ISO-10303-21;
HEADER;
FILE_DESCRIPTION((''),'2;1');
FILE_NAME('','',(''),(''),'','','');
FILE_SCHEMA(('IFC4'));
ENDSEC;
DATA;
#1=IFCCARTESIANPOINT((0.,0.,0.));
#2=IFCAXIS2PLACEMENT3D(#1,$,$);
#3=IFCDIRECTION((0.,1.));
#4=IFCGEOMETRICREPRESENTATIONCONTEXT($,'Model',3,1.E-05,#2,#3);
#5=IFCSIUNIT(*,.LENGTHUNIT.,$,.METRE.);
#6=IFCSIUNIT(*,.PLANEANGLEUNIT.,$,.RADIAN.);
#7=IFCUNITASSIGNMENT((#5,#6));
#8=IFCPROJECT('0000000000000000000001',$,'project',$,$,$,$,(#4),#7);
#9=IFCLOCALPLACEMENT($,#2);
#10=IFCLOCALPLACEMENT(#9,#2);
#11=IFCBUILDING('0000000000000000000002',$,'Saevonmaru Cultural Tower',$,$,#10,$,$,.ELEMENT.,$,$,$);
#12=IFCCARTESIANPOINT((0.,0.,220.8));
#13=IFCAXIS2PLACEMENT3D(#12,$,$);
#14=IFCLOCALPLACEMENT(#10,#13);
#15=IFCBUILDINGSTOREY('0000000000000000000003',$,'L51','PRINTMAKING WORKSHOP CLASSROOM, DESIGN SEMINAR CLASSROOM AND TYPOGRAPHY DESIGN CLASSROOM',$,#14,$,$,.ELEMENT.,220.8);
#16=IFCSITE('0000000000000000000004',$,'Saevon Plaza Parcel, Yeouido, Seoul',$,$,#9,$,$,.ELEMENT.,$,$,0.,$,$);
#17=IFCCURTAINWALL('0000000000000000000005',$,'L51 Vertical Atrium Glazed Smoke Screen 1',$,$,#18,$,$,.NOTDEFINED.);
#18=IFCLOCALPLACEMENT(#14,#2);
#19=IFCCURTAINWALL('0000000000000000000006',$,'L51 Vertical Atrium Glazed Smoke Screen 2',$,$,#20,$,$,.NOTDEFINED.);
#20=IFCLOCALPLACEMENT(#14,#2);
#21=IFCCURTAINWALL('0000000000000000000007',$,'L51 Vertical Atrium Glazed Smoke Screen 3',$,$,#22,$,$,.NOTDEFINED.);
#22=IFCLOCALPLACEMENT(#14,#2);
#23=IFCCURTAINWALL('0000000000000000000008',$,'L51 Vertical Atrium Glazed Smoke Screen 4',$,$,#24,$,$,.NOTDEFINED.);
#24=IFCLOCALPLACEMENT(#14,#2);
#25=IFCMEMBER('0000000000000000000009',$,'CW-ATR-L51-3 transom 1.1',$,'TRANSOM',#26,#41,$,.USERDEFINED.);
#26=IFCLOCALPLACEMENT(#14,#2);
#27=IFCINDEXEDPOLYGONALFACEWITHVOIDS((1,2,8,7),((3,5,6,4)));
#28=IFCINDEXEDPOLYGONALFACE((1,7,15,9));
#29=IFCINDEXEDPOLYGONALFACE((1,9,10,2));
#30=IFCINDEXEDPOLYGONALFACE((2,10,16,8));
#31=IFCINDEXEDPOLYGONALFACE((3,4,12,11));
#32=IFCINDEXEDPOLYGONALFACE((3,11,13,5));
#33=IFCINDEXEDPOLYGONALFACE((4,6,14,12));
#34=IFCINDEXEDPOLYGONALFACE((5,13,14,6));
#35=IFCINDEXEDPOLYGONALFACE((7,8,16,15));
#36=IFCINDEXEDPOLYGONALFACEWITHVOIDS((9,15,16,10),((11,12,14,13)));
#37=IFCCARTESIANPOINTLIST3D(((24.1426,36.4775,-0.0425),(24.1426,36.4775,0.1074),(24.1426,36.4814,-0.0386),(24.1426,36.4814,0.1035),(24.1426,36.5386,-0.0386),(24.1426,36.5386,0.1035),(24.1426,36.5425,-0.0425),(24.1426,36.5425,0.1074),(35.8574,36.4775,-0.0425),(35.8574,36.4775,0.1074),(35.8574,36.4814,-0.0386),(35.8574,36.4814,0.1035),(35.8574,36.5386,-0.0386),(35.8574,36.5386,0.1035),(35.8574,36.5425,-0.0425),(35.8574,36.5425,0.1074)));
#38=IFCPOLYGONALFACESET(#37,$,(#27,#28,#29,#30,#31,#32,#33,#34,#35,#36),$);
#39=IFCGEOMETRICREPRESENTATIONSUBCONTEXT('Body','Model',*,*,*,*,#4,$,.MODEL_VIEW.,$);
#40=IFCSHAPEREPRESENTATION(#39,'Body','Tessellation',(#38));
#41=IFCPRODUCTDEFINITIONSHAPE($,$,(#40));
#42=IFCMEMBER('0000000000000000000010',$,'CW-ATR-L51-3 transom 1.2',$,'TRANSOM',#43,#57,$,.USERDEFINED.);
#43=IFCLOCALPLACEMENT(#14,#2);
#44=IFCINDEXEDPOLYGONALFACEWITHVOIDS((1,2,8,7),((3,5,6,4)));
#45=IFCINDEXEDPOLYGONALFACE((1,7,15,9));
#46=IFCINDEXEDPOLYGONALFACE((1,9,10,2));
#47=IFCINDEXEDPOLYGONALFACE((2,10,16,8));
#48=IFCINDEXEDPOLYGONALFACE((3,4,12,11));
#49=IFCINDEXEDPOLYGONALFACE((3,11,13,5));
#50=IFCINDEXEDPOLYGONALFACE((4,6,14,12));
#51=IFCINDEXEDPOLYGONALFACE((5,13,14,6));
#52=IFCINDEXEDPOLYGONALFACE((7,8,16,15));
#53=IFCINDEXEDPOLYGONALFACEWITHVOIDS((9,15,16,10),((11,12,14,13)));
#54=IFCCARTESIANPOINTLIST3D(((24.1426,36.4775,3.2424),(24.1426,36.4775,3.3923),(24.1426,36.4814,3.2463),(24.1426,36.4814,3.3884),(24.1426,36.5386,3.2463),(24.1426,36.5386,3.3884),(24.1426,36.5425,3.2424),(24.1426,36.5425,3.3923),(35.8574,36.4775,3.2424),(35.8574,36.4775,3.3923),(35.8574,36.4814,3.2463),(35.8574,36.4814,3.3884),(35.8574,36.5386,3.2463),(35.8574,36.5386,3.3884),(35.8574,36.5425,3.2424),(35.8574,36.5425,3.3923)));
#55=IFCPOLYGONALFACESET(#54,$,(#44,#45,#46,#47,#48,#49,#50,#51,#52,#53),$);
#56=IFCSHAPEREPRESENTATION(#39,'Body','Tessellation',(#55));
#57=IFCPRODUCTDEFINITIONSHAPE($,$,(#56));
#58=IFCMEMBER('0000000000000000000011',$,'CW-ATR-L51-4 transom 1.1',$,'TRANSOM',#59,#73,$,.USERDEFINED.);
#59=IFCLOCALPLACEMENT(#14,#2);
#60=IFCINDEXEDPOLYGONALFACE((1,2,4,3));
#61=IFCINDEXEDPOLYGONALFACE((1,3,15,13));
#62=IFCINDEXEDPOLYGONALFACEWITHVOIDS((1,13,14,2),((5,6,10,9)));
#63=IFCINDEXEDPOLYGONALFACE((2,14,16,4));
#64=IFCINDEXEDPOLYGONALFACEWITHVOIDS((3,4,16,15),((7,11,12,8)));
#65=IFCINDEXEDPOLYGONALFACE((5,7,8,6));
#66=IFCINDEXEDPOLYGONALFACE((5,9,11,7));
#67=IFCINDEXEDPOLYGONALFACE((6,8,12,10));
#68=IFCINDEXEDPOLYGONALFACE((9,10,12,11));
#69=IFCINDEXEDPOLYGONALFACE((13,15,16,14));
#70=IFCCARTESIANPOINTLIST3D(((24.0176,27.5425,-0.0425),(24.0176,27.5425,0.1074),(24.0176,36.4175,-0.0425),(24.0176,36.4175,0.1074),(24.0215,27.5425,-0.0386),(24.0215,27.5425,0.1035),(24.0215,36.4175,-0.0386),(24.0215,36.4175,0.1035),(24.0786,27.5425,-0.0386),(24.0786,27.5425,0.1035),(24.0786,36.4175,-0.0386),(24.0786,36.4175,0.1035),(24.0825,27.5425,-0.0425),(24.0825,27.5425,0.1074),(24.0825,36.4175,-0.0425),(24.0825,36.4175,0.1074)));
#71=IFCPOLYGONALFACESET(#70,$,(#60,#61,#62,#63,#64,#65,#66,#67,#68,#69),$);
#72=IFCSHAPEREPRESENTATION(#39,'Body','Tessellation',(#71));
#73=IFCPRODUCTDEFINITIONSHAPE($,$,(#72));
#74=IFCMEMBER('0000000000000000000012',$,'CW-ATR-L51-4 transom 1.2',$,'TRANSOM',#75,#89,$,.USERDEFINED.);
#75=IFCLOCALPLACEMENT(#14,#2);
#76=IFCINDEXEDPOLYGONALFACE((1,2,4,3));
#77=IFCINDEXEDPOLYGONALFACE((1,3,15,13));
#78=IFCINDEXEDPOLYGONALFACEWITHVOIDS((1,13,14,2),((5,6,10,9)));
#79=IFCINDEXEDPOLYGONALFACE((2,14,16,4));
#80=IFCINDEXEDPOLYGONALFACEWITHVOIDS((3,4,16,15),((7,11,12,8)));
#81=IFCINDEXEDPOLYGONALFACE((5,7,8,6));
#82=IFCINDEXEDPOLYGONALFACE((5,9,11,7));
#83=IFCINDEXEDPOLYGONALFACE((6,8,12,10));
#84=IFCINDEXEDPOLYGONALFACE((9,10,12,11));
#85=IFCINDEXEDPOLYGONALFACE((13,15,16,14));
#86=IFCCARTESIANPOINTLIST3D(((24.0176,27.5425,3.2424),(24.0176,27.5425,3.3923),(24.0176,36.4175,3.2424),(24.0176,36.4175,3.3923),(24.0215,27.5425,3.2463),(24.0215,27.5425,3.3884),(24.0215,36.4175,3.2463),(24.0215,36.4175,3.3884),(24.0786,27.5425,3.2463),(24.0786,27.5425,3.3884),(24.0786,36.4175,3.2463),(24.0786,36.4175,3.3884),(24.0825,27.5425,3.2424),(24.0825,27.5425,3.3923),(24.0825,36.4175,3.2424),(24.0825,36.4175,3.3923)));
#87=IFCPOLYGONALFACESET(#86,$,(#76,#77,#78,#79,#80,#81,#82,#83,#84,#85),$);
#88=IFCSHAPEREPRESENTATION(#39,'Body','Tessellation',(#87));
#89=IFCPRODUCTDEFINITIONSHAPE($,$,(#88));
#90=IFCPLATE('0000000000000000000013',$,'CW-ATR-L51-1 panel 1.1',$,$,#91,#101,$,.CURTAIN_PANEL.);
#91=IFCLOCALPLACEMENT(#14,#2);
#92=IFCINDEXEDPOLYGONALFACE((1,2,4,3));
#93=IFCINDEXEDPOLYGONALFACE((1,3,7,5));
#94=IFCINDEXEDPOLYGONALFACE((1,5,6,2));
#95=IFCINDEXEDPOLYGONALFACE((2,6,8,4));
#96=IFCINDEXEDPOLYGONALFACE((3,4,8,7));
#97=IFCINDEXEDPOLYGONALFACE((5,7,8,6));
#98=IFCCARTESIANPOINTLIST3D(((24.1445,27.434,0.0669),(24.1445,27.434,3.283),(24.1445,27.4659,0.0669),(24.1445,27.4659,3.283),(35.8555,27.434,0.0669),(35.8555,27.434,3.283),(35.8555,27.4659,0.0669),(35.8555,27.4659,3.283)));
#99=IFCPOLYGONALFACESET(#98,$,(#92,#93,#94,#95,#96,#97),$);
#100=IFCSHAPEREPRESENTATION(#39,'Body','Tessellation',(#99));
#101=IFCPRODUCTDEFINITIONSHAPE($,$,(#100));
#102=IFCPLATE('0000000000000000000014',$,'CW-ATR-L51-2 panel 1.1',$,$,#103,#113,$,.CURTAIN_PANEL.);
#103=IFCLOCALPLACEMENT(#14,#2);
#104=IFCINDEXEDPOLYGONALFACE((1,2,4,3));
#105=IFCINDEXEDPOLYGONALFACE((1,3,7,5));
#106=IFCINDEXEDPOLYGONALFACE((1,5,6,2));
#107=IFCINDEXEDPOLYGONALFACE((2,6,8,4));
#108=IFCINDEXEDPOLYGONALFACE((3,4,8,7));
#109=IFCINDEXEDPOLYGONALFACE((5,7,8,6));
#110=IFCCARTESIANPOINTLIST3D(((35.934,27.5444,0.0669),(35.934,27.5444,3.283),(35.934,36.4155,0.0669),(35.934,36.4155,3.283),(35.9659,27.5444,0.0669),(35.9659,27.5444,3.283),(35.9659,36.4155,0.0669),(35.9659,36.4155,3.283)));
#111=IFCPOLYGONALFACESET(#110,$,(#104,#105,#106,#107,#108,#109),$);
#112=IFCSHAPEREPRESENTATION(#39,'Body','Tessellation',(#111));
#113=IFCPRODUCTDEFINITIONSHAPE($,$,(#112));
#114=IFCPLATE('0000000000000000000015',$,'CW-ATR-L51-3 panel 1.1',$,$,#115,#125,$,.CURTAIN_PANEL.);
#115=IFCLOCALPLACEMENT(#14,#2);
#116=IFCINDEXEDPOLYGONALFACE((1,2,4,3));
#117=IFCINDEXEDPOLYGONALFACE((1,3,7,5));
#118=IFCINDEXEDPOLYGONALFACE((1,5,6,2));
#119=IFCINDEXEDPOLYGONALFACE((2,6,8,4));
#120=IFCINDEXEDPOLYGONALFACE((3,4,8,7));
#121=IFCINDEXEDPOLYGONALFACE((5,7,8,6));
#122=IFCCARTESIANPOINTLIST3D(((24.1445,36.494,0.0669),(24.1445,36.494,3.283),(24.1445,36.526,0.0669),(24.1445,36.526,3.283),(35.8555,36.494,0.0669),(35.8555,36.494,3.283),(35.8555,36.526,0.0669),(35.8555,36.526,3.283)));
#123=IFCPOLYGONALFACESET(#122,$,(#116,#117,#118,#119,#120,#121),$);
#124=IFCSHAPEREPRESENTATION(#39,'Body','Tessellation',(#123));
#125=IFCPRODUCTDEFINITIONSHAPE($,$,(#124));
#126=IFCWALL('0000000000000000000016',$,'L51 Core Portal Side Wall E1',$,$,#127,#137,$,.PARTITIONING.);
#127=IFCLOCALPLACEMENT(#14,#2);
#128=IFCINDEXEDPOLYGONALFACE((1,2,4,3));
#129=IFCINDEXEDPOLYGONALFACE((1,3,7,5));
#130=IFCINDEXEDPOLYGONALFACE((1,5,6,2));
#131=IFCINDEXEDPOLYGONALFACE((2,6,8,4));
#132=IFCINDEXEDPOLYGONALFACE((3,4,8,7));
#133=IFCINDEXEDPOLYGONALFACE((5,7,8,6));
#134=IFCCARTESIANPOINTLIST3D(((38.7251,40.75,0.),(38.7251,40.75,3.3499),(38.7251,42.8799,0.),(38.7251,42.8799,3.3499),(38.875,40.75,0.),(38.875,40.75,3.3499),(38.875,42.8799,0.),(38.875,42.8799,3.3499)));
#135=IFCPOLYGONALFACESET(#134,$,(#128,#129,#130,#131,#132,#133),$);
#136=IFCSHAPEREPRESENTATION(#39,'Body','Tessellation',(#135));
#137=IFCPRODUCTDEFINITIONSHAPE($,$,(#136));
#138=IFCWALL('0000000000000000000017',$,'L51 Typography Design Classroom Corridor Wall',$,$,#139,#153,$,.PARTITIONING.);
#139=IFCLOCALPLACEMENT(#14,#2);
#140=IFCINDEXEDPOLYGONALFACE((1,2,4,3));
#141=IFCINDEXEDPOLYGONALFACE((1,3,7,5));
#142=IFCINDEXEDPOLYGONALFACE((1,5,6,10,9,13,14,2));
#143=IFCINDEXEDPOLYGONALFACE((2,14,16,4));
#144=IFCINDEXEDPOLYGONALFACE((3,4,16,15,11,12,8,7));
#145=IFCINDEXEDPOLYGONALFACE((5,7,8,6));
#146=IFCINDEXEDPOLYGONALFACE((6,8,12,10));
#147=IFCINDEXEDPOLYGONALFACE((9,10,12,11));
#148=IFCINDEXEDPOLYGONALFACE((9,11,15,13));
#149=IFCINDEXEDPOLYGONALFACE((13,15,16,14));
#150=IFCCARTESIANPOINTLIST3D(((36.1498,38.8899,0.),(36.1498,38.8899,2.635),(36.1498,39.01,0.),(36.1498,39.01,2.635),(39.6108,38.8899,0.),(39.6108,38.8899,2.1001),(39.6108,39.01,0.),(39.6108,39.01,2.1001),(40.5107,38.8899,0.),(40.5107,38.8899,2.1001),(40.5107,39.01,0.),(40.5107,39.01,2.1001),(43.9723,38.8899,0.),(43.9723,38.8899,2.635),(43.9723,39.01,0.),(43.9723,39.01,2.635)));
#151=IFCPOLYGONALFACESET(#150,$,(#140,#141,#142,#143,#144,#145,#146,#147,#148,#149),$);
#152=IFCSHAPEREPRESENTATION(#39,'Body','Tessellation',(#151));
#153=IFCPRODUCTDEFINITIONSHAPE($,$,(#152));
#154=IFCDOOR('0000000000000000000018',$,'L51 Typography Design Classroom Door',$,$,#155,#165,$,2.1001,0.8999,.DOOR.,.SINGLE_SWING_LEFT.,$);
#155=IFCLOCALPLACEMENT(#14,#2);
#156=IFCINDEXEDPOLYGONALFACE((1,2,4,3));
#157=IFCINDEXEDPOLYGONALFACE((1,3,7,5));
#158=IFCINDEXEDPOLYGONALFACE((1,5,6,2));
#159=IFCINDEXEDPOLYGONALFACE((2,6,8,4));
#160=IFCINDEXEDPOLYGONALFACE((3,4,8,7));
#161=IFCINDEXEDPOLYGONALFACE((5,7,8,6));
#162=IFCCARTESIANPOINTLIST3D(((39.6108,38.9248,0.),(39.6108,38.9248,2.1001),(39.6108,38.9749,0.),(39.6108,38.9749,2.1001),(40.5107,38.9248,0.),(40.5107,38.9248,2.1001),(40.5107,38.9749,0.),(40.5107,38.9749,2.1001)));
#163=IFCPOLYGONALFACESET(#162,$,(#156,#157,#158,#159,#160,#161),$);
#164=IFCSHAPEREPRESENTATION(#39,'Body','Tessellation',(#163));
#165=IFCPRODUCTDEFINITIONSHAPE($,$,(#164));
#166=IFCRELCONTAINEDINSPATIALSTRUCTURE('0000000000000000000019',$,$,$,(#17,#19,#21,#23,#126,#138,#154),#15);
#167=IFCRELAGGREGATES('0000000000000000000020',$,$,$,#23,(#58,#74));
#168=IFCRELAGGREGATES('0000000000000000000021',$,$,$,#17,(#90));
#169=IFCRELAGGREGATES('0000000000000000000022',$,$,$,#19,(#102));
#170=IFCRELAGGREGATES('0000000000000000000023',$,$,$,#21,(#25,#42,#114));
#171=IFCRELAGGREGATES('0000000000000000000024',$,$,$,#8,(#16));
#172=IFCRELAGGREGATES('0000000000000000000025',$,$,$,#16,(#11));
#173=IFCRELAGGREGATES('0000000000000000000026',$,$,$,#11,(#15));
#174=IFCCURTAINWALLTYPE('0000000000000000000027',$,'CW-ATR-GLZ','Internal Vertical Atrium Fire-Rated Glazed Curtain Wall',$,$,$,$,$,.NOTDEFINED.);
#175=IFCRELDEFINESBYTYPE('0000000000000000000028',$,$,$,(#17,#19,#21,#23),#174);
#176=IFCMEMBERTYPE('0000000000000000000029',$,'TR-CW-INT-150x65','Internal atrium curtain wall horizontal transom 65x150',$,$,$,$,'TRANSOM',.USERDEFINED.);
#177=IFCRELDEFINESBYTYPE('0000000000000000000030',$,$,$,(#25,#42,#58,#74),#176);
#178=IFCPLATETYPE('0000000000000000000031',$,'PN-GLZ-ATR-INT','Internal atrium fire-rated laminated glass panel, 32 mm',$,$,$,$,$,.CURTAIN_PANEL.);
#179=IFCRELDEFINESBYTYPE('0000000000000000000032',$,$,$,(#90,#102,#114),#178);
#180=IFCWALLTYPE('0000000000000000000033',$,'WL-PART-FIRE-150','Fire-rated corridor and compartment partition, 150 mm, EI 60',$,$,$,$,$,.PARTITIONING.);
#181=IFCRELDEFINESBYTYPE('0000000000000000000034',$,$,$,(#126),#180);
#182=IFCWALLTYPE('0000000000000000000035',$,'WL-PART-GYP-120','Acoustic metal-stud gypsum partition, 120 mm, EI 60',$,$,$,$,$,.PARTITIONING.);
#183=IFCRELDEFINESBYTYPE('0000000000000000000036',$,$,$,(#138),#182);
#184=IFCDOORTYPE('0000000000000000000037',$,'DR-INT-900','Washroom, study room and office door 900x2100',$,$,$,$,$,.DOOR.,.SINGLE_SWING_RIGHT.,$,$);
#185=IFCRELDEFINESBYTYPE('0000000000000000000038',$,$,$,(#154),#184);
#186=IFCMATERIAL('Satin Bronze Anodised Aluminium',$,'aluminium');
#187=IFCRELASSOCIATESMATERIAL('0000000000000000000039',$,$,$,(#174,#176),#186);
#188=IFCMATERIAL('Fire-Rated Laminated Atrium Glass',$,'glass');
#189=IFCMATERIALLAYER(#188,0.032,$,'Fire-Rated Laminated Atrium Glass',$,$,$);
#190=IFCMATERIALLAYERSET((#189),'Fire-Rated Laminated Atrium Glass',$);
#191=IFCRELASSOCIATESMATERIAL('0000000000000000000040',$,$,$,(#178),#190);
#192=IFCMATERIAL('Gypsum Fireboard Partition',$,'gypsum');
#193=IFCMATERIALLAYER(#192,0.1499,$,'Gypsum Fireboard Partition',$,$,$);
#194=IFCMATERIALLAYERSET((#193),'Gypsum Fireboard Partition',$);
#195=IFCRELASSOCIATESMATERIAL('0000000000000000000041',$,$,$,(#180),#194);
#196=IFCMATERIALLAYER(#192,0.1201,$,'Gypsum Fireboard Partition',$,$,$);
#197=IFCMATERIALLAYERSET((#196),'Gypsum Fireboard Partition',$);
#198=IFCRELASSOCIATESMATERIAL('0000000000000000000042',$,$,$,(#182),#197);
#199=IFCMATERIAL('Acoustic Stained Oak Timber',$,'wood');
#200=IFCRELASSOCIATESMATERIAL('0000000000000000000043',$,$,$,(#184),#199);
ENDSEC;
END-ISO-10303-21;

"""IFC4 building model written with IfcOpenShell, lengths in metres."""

from ifc_helpers import new_model, si_unit, direction, frame, frame_2d, origin, origin_2d, place, context, subcontext, project, spatial, rectangle, hollow_rectangle, extrude, material, layer, layer_set, material_profile, profile_set, type_object, element, fill, aggregate, save


model = new_model("IFC4")

# Units and contexts
model_context = context("Model", 3, precision=1e-05, world=origin(), true_north=direction((0.0, 1.0)))
body_context = subcontext(model_context, "Body", "Model", "MODEL_VIEW")
ifc_project = project(units=[si_unit("LENGTHUNIT", "METRE"), si_unit("PLANEANGLEUNIT", "RADIAN")], contexts=[model_context])

# Site, building, storey
site_placement = place(None, origin())
site = spatial("IfcSite", under=ifc_project, at=site_placement, Name="Saevon Plaza Parcel, Yeouido, Seoul", CompositionType="ELEMENT", RefElevation=0.0)
building_placement = place(site_placement, origin())
building = spatial("IfcBuilding", under=site, at=building_placement, Name="Saevonmaru Cultural Tower", CompositionType="ELEMENT")
storey_placement = place(building_placement, frame((0.0, 0.0, 220.8)))
storey = spatial("IfcBuildingStorey", under=building, at=storey_placement, Name="L51", Description="PRINTMAKING WORKSHOP CLASSROOM, DESIGN SEMINAR CLASSROOM AND TYPOGRAPHY DESIGN CLASSROOM", CompositionType="ELEMENT", Elevation=220.8)

# Curtain walls
ifc_material_1 = material(Name="Satin Bronze Anodised Aluminium", Category="aluminium")
curtain_wall_type = type_object("IfcCurtainWallType", Name="CW-ATR-GLZ", Description="Internal Vertical Atrium Fire-Rated Glazed Curtain Wall", PredefinedType="NOTDEFINED", material=ifc_material_1)
curtain_wall_1_placement = place(storey_placement, origin())
curtain_wall_1 = element("IfcCurtainWall", 1, at=curtain_wall_1_placement, inside=storey, type_object=curtain_wall_type, Name="L51 Vertical Atrium Glazed Smoke Screen 1", PredefinedType="NOTDEFINED")
curtain_wall_2_placement = place(storey_placement, origin())
curtain_wall_2 = element("IfcCurtainWall", 2, at=curtain_wall_2_placement, inside=storey, type_object=curtain_wall_type, Name="L51 Vertical Atrium Glazed Smoke Screen 2", PredefinedType="NOTDEFINED")
curtain_wall_3_placement = place(storey_placement, origin())
curtain_wall_3 = element("IfcCurtainWall", 3, at=curtain_wall_3_placement, inside=storey, type_object=curtain_wall_type, Name="L51 Vertical Atrium Glazed Smoke Screen 3", PredefinedType="NOTDEFINED")

# Curtain wall
curtain_wall_4_placement = place(storey_placement, origin())
curtain_wall_4 = element("IfcCurtainWall", 4, at=curtain_wall_4_placement, inside=storey, type_object=curtain_wall_type, Name="L51 Vertical Atrium Glazed Smoke Screen 4", PredefinedType="NOTDEFINED")

# Members
ifc_material_profile_1 = material_profile(ifc_material_1, hollow_rectangle(XDim=0.0649, YDim=0.1499, WallThickness=0.0039, at=origin_2d()), Name="ALU-TRAN-150x65x4")
ifc_profile_set_1 = profile_set([ifc_material_profile_1], Name="Satin Bronze Anodised Aluminium")
member_type_1 = type_object("IfcMemberType", Name="TR-CW-INT-150x65", Description="Internal atrium curtain wall horizontal transom 65x150", ElementType="TRANSOM", PredefinedType="USERDEFINED", material=ifc_profile_set_1)
member_1_placement = place(storey_placement, frame((35.8574, 36.51, 0.0325), z_axis=(-1.0, 0.0, 0.0), x_axis=(0.0, -1.0, 0.0)))
member_1 = element("IfcMember", 5, at=member_1_placement, type_object=member_type_1, Name="CW-ATR-L51-3 transom 1.1", ObjectType="TRANSOM", PredefinedType="USERDEFINED", context=body_context, shape_type="SweptSolid", body=[
    extrude(hollow_rectangle(XDim=0.0649, YDim=0.1499, WallThickness=0.0039, at=origin_2d()), origin(), (0.0, 0.0, 1.0), 11.7148),
])
member_2_placement = place(storey_placement, frame((35.8574, 36.51, 3.3174), z_axis=(-1.0, 0.0, 0.0), x_axis=(0.0, -1.0, 0.0)))
member_2 = element("IfcMember", 6, at=member_2_placement, type_object=member_type_1, Name="CW-ATR-L51-3 transom 1.2", ObjectType="TRANSOM", PredefinedType="USERDEFINED", context=body_context, shape_type="SweptSolid", body=[
    extrude(hollow_rectangle(XDim=0.0649, YDim=0.1499, WallThickness=0.0039, at=origin_2d()), origin(), (0.0, 0.0, 1.0), 11.7148),
])
member_3_placement = place(storey_placement, frame((24.05, 36.4175, 0.0325), z_axis=(0.0, -1.0, 0.0), x_axis=(1.0, 0.0, 0.0)))
member_3 = element("IfcMember", 7, at=member_3_placement, type_object=member_type_1, Name="CW-ATR-L51-4 transom 1.1", ObjectType="TRANSOM", PredefinedType="USERDEFINED", context=body_context, shape_type="SweptSolid", body=[
    extrude(hollow_rectangle(XDim=0.0649, YDim=0.1499, WallThickness=0.0039, at=origin_2d()), origin(), (0.0, 0.0, 1.0), 8.875),
])
member_4_placement = place(storey_placement, frame((24.05, 36.4175, 3.3174), z_axis=(0.0, -1.0, 0.0), x_axis=(1.0, 0.0, 0.0)))
member_4 = element("IfcMember", 8, at=member_4_placement, type_object=member_type_1, Name="CW-ATR-L51-4 transom 1.2", ObjectType="TRANSOM", PredefinedType="USERDEFINED", context=body_context, shape_type="SweptSolid", body=[
    extrude(hollow_rectangle(XDim=0.0649, YDim=0.1499, WallThickness=0.0039, at=origin_2d()), origin(), (0.0, 0.0, 1.0), 8.875),
])
aggregate(curtain_wall_4, [member_3, member_4])

# Plates
ifc_material_2 = material(Name="Fire-Rated Laminated Atrium Glass", Category="glass")
ifc_layer_1 = layer(ifc_material_2, 0.032, Name="Fire-Rated Laminated Atrium Glass")
ifc_layer_set_1 = layer_set([ifc_layer_1], Name="Fire-Rated Laminated Atrium Glass")
plate_type = type_object("IfcPlateType", Name="PN-GLZ-ATR-INT", Description="Internal atrium fire-rated laminated glass panel, 32 mm", PredefinedType="CURTAIN_PANEL", material=ifc_layer_set_1)
plate_1_placement = place(storey_placement, frame((30.0, 27.45, 0.0669), z_axis=(0.0, 0.0, 1.0), x_axis=(1.0, 0.0, 0.0)))
plate_1 = element("IfcPlate", 9, at=plate_1_placement, type_object=plate_type, Name="CW-ATR-L51-1 panel 1.1", PredefinedType="CURTAIN_PANEL", context=body_context, shape_type="SweptSolid", body=[
    extrude(rectangle(XDim=11.7109, YDim=0.032, at=origin_2d()), origin(), (0.0, 0.0, 1.0), 3.2161),
])
aggregate(curtain_wall_1, [plate_1])
plate_2_placement = place(storey_placement, frame((35.95, 31.98, 0.0669), z_axis=(0.0, 0.0, 1.0), x_axis=(0.0, 1.0, 0.0)))
plate_2 = element("IfcPlate", 10, at=plate_2_placement, type_object=plate_type, Name="CW-ATR-L51-2 panel 1.1", PredefinedType="CURTAIN_PANEL", context=body_context, shape_type="SweptSolid", body=[
    extrude(rectangle(XDim=8.8711, YDim=0.032, at=origin_2d()), origin(), (0.0, 0.0, 1.0), 3.2161),
])
aggregate(curtain_wall_2, [plate_2])
plate_3_placement = place(storey_placement, frame((30.0, 36.51, 0.0669), z_axis=(0.0, 0.0, 1.0), x_axis=(-1.0, 0.0, 0.0)))
plate_3 = element("IfcPlate", 11, at=plate_3_placement, type_object=plate_type, Name="CW-ATR-L51-3 panel 1.1", PredefinedType="CURTAIN_PANEL", context=body_context, shape_type="SweptSolid", body=[
    extrude(rectangle(XDim=11.7109, YDim=0.032, at=origin_2d()), origin(), (0.0, 0.0, 1.0), 3.2161),
])
aggregate(curtain_wall_3, [member_1, member_2, plate_3])

# Wall
ifc_material_3 = material(Name="Gypsum Fireboard Partition", Category="gypsum")
ifc_layer_2 = layer(ifc_material_3, 0.1499, Name="Gypsum Fireboard Partition")
ifc_layer_set_2 = layer_set([ifc_layer_2], Name="Gypsum Fireboard Partition")
wall_type_1 = type_object("IfcWallType", Name="WL-PART-FIRE-150", Description="Fire-rated corridor and compartment partition, 150 mm, EI 60", PredefinedType="PARTITIONING", material=ifc_layer_set_2)
wall_1_placement = place(storey_placement, frame((38.8, 40.75, 0.0), z_axis=(0.0, 0.0, 1.0), x_axis=(0.0, 1.0, 0.0)))
element("IfcWall", 12, at=wall_1_placement, inside=storey, type_object=wall_type_1, Name="L51 Core Portal Side Wall E1", PredefinedType="PARTITIONING", context=body_context, shape_type="SweptSolid", body=[
    extrude(rectangle(XDim=2.1299, YDim=0.1499, at=frame_2d((1.0649, 0.0))), origin(), (0.0, 0.0, 1.0), 3.3499),
])

# Wall, opening, door
ifc_layer_3 = layer(ifc_material_3, 0.1201, Name="Gypsum Fireboard Partition")
ifc_layer_set_3 = layer_set([ifc_layer_3], Name="Gypsum Fireboard Partition")
wall_type_2 = type_object("IfcWallType", Name="WL-PART-GYP-120", Description="Acoustic metal-stud gypsum partition, 120 mm, EI 60", PredefinedType="PARTITIONING", material=ifc_layer_set_3)
wall_2_placement = place(storey_placement, frame((36.1499, 38.95, 0.0), z_axis=(0.0, 0.0, 1.0), x_axis=(1.0, 0.0, 0.0)))
wall_2 = element("IfcWall", 13, at=wall_2_placement, inside=storey, type_object=wall_type_2, Name="L51 Typography Design Classroom Corridor Wall", PredefinedType="PARTITIONING", context=body_context, shape_type="SweptSolid", body=[
    extrude(rectangle(XDim=7.8225, YDim=0.1201, at=frame_2d((3.9111, 0.0))), origin(), (0.0, 0.0, 1.0), 2.635),
])
opening_placement = place(wall_2_placement, frame((3.4609, 0.0, 0.0)))
opening = element("IfcOpeningElement", 14, at=opening_placement, cuts=wall_2, PredefinedType="OPENING", context=body_context, shape_type="SweptSolid", body=[
    extrude(rectangle(XDim=0.8999, YDim=2.1001, at=frame_2d((0.45, 1.05))), frame((0.0, 0.0701, 0.0), z_axis=(0.0, -1.0, 0.0), x_axis=(1.0, 0.0, 0.0)), (0.0, 0.0, 1.0), 0.1401),
])
ifc_material_4 = material(Name="Acoustic Stained Oak Timber", Category="wood")
door_type = type_object("IfcDoorType", Name="DR-INT-900", Description="Washroom, study room and office door 900x2100", OperationType="SINGLE_SWING_RIGHT", PredefinedType="DOOR", material=ifc_material_4)
door_placement = place(opening_placement, origin())
door = element("IfcDoor", 15, at=door_placement, inside=storey, type_object=door_type, Name="L51 Typography Design Classroom Door", OperationType="SINGLE_SWING_LEFT", OverallHeight=2.1001, OverallWidth=0.8999, PredefinedType="DOOR", context=body_context, shape_type="SweptSolid", body=[
    extrude(rectangle(XDim=0.8999, YDim=2.1001, at=frame_2d((0.45, 1.05))), frame((0.0, 0.0249, 0.0), z_axis=(0.0, -1.0, 0.0), x_axis=(1.0, 0.0, 0.0)), (0.0, 0.0, 1.0), 0.05),
])
fill(opening, door)

save(model, "model.ifc")
